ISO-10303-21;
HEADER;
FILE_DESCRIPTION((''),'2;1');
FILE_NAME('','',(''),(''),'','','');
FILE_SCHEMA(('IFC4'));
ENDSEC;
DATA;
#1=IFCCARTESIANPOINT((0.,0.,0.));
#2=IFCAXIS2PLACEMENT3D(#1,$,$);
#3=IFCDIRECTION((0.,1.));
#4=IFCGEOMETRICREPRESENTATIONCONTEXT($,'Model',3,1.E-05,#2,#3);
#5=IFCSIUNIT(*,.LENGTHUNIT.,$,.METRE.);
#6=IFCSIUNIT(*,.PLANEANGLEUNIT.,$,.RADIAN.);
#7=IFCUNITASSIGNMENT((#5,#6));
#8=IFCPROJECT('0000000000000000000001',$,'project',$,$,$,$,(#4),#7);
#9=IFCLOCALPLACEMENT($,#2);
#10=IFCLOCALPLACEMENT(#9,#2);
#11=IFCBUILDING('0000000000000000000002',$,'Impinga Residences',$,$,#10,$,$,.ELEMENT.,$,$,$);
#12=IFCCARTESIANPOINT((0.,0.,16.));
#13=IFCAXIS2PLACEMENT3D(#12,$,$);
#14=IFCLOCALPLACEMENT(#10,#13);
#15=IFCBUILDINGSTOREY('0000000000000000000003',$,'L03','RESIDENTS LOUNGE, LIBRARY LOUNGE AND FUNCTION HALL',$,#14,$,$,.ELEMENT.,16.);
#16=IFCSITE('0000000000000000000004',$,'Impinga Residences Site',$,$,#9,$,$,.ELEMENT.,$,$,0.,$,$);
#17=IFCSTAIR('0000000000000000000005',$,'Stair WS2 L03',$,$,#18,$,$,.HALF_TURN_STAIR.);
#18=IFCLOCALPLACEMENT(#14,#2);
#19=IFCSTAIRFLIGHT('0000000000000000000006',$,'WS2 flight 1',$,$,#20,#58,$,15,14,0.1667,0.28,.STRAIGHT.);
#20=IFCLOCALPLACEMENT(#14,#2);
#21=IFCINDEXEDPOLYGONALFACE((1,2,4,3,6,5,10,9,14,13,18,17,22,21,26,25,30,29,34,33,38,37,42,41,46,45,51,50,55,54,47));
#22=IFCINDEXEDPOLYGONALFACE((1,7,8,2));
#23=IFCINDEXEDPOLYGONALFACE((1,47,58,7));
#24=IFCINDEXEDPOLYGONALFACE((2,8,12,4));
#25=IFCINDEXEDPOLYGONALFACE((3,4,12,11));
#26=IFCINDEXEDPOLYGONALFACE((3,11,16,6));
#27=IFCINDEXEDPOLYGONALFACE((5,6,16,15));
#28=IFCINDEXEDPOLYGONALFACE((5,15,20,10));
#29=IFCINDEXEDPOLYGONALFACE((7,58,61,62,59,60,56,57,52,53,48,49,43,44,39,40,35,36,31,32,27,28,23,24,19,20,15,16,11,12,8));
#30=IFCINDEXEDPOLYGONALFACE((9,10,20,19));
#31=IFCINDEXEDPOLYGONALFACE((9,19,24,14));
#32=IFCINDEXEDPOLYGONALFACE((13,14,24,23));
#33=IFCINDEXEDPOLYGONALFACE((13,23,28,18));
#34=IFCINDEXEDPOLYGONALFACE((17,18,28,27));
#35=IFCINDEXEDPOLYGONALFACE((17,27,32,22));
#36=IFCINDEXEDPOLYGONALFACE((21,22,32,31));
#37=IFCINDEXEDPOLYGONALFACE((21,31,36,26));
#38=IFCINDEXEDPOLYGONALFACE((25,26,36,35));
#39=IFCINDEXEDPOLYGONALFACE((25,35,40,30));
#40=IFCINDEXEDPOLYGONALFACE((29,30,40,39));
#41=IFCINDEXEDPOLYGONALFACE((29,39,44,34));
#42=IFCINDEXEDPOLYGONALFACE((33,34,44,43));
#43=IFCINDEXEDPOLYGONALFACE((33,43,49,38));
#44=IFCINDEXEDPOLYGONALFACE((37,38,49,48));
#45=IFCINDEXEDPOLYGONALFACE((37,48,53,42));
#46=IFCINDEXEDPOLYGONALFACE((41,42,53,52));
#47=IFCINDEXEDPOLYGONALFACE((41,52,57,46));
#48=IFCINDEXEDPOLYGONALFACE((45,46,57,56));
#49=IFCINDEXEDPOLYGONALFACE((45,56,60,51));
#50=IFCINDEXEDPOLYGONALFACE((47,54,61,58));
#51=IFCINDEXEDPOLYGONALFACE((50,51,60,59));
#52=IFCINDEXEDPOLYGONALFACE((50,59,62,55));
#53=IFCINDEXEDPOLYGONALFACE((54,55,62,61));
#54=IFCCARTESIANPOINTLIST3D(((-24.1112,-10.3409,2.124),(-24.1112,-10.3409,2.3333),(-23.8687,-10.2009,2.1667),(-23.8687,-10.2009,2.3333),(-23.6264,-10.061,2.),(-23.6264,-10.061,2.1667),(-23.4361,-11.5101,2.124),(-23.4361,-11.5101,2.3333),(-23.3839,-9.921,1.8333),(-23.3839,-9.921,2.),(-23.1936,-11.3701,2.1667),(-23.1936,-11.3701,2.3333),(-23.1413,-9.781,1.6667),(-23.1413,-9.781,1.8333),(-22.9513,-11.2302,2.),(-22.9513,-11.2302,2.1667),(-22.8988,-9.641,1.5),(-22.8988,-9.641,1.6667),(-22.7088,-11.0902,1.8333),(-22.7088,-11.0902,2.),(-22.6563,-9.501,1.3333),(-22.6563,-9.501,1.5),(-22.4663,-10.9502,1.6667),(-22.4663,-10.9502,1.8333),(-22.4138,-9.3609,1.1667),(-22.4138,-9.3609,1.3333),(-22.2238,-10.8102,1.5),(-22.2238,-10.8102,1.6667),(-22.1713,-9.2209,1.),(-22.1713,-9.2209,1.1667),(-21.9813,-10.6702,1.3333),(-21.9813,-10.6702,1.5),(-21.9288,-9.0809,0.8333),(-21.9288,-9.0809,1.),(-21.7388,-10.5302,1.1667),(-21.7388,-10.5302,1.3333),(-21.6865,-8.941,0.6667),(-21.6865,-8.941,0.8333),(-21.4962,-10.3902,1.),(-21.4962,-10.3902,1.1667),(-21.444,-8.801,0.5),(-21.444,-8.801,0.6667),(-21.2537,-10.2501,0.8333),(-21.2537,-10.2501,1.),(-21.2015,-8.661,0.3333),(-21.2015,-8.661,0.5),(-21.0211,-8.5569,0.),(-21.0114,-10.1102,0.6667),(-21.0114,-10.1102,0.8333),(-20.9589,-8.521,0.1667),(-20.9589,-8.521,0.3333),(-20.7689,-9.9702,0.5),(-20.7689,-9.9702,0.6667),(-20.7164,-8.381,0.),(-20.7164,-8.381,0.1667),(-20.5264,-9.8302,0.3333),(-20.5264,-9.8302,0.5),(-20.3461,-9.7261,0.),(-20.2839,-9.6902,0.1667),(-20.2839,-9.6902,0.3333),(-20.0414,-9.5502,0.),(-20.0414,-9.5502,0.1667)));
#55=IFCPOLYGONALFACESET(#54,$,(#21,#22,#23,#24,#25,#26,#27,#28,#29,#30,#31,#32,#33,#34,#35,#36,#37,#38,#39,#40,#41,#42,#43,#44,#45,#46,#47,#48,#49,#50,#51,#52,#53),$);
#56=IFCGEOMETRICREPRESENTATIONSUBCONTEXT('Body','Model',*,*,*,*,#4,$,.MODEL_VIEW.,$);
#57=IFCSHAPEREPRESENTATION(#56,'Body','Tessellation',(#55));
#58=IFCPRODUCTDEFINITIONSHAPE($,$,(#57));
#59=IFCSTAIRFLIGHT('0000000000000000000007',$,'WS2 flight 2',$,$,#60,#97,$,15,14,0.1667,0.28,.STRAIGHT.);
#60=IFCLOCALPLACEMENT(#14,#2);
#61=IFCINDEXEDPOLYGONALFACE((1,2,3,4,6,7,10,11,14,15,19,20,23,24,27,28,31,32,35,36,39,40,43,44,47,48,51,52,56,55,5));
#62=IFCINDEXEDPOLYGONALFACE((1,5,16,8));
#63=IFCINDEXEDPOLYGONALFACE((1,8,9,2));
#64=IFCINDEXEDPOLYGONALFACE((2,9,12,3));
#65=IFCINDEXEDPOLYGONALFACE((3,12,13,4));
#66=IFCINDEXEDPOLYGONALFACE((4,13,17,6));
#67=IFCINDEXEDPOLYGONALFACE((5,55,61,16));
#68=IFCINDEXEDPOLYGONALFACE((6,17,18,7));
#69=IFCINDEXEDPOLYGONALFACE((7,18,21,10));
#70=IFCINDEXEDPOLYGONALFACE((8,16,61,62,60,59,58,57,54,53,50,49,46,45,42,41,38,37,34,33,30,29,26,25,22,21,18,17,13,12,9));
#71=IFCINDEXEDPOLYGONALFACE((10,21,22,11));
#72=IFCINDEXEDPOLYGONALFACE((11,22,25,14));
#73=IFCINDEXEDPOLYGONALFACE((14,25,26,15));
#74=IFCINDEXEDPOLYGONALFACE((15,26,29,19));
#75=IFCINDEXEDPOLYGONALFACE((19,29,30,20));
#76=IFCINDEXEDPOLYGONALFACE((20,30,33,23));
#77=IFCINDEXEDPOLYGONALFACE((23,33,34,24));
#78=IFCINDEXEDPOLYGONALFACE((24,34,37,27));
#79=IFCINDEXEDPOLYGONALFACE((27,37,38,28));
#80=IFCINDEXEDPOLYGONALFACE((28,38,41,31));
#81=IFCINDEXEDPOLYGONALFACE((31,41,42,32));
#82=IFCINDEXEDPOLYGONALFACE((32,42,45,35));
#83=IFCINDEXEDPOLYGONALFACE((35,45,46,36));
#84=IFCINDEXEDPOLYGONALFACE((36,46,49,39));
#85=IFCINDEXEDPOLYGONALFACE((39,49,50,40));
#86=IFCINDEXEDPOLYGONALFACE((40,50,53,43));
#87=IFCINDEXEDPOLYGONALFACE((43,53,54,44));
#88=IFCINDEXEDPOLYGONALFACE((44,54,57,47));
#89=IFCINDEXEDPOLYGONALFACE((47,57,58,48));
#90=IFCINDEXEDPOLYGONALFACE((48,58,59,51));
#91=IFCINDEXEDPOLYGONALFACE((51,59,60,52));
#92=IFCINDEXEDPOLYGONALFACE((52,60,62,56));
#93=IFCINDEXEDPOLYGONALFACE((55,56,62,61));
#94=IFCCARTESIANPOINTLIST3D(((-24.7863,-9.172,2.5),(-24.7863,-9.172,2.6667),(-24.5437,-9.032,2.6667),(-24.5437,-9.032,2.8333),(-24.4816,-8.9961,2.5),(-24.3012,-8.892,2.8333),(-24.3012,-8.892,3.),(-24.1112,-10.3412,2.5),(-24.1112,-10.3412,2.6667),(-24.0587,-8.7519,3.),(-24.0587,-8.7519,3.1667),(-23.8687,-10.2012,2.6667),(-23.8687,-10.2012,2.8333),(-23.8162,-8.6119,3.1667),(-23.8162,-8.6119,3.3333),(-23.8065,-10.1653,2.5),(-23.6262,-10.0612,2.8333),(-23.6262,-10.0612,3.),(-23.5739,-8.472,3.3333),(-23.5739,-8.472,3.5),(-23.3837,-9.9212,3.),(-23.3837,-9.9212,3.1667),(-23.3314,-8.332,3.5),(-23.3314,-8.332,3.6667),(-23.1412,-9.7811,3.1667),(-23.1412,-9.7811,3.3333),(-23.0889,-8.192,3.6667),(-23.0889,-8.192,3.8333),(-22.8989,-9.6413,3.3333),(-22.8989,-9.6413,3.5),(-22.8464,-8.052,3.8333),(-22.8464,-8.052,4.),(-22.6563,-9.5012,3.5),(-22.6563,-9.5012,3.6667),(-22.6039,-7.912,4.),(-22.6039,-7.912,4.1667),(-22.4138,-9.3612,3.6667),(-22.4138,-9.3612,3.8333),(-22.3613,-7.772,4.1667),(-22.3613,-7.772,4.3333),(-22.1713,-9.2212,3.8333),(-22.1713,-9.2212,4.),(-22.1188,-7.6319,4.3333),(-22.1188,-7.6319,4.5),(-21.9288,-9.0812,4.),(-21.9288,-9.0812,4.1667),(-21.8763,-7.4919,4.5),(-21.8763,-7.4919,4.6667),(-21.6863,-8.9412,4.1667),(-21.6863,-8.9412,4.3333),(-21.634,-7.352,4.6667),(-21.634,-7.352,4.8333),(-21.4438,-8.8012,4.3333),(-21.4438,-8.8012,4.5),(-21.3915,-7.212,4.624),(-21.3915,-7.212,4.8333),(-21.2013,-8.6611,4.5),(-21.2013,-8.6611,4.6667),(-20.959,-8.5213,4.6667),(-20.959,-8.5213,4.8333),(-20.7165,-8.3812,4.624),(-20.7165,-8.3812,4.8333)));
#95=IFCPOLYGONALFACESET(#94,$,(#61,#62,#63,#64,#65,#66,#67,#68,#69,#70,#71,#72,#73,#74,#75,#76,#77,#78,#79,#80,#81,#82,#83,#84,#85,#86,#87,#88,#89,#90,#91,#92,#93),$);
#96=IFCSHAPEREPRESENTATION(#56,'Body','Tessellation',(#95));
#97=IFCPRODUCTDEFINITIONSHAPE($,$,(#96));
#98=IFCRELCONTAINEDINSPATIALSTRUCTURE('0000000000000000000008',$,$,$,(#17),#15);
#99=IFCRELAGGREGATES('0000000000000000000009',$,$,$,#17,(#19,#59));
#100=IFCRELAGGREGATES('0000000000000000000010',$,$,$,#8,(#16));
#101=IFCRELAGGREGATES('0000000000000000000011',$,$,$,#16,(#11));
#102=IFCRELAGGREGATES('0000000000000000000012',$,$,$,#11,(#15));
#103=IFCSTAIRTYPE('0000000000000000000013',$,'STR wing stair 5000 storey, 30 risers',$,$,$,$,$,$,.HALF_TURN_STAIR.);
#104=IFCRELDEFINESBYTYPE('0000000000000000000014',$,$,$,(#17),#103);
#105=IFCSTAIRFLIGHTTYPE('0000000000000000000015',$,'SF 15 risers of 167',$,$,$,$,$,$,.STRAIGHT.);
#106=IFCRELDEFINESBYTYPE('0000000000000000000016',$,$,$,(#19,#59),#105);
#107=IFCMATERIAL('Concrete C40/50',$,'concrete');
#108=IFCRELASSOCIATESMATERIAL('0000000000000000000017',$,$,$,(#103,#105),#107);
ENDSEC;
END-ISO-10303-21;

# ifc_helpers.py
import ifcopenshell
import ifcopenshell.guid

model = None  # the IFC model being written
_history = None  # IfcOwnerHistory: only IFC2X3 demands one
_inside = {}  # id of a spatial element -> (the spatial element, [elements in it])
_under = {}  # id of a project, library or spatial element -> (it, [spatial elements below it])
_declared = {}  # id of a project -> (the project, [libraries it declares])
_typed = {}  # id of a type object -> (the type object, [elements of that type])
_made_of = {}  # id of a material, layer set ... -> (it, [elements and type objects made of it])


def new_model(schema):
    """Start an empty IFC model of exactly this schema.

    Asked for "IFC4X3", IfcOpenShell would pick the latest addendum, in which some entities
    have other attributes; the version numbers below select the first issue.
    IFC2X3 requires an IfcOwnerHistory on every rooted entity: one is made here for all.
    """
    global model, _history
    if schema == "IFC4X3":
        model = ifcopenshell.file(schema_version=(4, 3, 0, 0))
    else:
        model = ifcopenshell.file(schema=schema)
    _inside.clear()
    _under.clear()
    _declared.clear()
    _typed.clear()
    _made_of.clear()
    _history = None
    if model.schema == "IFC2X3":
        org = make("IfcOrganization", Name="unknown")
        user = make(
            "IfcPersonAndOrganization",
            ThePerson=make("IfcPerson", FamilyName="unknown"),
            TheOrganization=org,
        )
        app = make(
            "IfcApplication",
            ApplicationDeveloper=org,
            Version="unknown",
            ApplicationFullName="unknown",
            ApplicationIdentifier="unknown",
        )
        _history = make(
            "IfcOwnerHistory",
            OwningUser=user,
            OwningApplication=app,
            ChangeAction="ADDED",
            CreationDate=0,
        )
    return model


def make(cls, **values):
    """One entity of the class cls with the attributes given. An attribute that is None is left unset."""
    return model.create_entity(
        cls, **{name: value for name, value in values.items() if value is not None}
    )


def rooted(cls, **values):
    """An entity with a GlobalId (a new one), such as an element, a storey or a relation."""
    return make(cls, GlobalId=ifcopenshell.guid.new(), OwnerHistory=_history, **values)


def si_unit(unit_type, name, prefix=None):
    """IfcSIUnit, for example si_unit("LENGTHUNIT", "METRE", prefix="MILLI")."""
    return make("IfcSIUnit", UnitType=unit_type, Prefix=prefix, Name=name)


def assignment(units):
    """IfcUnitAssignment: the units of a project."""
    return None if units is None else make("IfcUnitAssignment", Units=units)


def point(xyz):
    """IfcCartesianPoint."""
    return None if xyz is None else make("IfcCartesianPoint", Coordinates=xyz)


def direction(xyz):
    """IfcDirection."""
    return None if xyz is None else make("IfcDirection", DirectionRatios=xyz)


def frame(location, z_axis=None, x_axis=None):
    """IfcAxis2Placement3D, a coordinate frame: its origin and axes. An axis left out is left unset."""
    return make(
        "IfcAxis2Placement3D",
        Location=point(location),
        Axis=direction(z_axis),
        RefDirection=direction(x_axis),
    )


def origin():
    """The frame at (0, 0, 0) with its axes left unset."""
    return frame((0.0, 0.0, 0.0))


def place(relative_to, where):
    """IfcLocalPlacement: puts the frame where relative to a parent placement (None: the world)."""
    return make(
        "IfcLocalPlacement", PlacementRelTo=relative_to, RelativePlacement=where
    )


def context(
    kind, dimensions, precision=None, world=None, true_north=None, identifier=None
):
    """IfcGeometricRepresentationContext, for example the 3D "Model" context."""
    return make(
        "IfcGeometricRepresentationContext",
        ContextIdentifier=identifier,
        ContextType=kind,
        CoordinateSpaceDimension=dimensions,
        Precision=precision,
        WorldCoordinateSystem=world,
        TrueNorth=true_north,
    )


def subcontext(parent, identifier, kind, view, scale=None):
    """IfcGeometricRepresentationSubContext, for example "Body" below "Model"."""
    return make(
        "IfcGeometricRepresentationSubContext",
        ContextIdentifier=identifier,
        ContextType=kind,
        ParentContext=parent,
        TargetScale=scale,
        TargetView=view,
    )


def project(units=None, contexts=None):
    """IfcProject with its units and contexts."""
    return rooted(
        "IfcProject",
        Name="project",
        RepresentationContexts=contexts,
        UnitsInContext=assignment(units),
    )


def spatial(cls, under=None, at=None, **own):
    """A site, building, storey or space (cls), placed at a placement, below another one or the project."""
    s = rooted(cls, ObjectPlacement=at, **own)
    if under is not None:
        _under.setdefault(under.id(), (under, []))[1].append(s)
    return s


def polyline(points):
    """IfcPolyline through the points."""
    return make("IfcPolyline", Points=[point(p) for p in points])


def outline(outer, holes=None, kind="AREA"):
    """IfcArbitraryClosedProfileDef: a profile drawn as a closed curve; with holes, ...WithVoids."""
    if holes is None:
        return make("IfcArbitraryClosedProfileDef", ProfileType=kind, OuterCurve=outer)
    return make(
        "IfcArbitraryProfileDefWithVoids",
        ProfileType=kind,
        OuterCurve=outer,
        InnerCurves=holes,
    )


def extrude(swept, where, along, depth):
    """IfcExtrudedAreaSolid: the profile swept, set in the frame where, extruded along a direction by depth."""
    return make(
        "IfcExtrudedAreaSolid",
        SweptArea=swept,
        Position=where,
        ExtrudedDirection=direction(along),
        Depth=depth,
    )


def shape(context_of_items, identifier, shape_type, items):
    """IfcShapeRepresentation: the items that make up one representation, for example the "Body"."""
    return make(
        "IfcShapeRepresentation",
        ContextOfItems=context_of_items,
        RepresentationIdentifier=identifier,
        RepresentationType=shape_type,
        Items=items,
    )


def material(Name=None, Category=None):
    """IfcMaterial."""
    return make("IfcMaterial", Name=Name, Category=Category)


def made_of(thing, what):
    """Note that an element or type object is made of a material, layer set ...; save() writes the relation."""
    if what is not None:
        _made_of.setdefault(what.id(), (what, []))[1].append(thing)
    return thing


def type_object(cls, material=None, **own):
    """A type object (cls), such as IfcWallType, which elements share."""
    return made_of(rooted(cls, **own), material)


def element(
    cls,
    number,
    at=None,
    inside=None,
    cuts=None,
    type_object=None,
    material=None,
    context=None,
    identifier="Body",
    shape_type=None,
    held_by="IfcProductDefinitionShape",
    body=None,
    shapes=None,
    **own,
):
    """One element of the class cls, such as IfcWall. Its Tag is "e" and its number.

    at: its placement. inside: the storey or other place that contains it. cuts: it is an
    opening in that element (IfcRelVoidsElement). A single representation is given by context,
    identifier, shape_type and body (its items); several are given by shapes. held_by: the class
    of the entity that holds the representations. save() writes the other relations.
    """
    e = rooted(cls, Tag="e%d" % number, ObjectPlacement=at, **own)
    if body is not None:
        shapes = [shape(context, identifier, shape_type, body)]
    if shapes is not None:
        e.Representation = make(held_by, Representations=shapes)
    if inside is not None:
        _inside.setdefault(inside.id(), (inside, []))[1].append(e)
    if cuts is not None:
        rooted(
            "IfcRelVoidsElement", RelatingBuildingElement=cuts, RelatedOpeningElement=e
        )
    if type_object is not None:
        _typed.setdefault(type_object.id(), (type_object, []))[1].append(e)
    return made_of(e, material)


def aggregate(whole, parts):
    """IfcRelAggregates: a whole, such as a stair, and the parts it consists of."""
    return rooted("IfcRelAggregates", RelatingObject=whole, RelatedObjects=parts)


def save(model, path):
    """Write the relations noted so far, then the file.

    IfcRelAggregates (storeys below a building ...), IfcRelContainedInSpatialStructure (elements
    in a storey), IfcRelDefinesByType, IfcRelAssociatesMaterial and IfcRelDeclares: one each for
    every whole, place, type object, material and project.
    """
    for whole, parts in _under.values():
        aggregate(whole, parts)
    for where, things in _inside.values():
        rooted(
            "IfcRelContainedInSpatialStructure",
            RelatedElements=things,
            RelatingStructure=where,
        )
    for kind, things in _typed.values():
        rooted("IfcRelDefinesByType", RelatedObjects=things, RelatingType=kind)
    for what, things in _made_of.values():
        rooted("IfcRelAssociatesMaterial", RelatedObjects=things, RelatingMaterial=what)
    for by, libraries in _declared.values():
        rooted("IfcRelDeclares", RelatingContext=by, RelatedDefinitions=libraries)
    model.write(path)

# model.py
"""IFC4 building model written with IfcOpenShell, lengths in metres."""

from ifc_helpers import new_model, si_unit, direction, frame, origin, place, context, subcontext, project, spatial, polyline, outline, extrude, material, type_object, element, aggregate, save


model = new_model("IFC4")

# Units and contexts
model_context = context("Model", 3, precision=1e-05, world=origin(), true_north=direction((0.0, 1.0)))
body_context = subcontext(model_context, "Body", "Model", "MODEL_VIEW")
ifc_project = project(units=[si_unit("LENGTHUNIT", "METRE"), si_unit("PLANEANGLEUNIT", "RADIAN")], contexts=[model_context])

# Site, building, storey
site_placement = place(None, origin())
site = spatial("IfcSite", under=ifc_project, at=site_placement, Name="Impinga Residences Site", CompositionType="ELEMENT", RefElevation=0.0)
building_placement = place(site_placement, origin())
building = spatial("IfcBuilding", under=site, at=building_placement, Name="Impinga Residences", CompositionType="ELEMENT")
storey_placement = place(building_placement, frame((0.0, 0.0, 16.0)))
storey = spatial("IfcBuildingStorey", under=building, at=storey_placement, Name="L03", Description="RESIDENTS LOUNGE, LIBRARY LOUNGE AND FUNCTION HALL", CompositionType="ELEMENT", Elevation=16.0)

# Stair, stair flights
ifc_material_1 = material(Name="Concrete C40/50", Category="concrete")
stair_type = type_object("IfcStairType", Name="STR wing stair 5000 storey, 30 risers", PredefinedType="HALF_TURN_STAIR", material=ifc_material_1)
stair_placement = place(storey_placement, origin())
stair = element("IfcStair", 1, at=stair_placement, inside=storey, type_object=stair_type, Name="Stair WS2 L03", PredefinedType="HALF_TURN_STAIR")
stair_flight_type = type_object("IfcStairFlightType", Name="SF 15 risers of 167", PredefinedType="STRAIGHT", material=ifc_material_1)
stair_flight_1_placement = place(storey_placement, frame((-20.3789, -8.9656, 0.0), z_axis=(0.0, 0.0, 1.0), x_axis=(-0.866025, -0.5, 0.0)))
stair_flight_1 = element("IfcStairFlight", 2, at=stair_flight_1_placement, type_object=stair_flight_type, Name="WS2 flight 1", NumberOfRisers=15, NumberOfTreads=14, PredefinedType="STRAIGHT", RiserHeight=0.1667, TreadLength=0.28, context=body_context, shape_type="SweptSolid", body=[
    extrude(outline(polyline([(0.0, 0.0), (0.0, 0.1667), (0.28, 0.1667), (0.28, 0.3333), (0.5601, 0.3333), (0.5601, 0.5), (0.8401, 0.5), (0.8401, 0.6667), (1.1201, 0.6667), (1.1201, 0.8333), (1.3999, 0.8333), (1.3999, 1.0), (1.6799, 1.0), (1.6799, 1.1667), (1.96, 1.1667), (1.96, 1.3333), (2.24, 1.3333), (2.24, 1.5), (2.52, 1.5), (2.52, 1.6667), (2.8, 1.6667), (2.8, 1.8333), (3.0801, 1.8333), (3.0801, 2.0), (3.3601, 2.0), (3.3601, 2.1667), (3.6399, 2.1667), (3.6399, 2.3333), (3.9199, 2.3333), (3.9199, 2.5), (3.9199, 2.124), (0.3518, 0.0), (0.0, 0.0)])), frame((0.0, 0.675, 0.0), z_axis=(0.0, -1.0, 0.0), x_axis=(1.0, 0.0, 0.0)), (0.0, 0.0, 1.0), 1.3501),
])
stair_flight_2_placement = place(storey_placement, frame((-24.4487, -9.7566, 2.5), z_axis=(0.0, 0.0, 1.0), x_axis=(0.866025, 0.5, 0.0)))
stair_flight_2 = element("IfcStairFlight", 3, at=stair_flight_2_placement, type_object=stair_flight_type, Name="WS2 flight 2", NumberOfRisers=15, NumberOfTreads=14, PredefinedType="STRAIGHT", RiserHeight=0.1667, TreadLength=0.28, context=body_context, shape_type="SweptSolid", body=[
    extrude(outline(polyline([(0.0, 0.0), (0.0, 0.1667), (0.28, 0.1667), (0.28, 0.3333), (0.5601, 0.3333), (0.5601, 0.5), (0.8401, 0.5), (0.8401, 0.6667), (1.1201, 0.6667), (1.1201, 0.8333), (1.3999, 0.8333), (1.3999, 1.0), (1.6799, 1.0), (1.6799, 1.1667), (1.96, 1.1667), (1.96, 1.3333), (2.24, 1.3333), (2.24, 1.5), (2.52, 1.5), (2.52, 1.6667), (2.8, 1.6667), (2.8, 1.8333), (3.0801, 1.8333), (3.0801, 2.0), (3.3601, 2.0), (3.3601, 2.1667), (3.6399, 2.1667), (3.6399, 2.3333), (3.9199, 2.3333), (3.9199, 2.5), (3.9199, 2.124), (0.3518, 0.0), (0.0, 0.0)])), frame((0.0, 0.675, 0.0), z_axis=(0.0, -1.0, 0.0), x_axis=(1.0, 0.0, 0.0)), (0.0, 0.0, 1.0), 1.3501),
])
aggregate(stair, [stair_flight_1, stair_flight_2])

save(model, "model.ifc")
